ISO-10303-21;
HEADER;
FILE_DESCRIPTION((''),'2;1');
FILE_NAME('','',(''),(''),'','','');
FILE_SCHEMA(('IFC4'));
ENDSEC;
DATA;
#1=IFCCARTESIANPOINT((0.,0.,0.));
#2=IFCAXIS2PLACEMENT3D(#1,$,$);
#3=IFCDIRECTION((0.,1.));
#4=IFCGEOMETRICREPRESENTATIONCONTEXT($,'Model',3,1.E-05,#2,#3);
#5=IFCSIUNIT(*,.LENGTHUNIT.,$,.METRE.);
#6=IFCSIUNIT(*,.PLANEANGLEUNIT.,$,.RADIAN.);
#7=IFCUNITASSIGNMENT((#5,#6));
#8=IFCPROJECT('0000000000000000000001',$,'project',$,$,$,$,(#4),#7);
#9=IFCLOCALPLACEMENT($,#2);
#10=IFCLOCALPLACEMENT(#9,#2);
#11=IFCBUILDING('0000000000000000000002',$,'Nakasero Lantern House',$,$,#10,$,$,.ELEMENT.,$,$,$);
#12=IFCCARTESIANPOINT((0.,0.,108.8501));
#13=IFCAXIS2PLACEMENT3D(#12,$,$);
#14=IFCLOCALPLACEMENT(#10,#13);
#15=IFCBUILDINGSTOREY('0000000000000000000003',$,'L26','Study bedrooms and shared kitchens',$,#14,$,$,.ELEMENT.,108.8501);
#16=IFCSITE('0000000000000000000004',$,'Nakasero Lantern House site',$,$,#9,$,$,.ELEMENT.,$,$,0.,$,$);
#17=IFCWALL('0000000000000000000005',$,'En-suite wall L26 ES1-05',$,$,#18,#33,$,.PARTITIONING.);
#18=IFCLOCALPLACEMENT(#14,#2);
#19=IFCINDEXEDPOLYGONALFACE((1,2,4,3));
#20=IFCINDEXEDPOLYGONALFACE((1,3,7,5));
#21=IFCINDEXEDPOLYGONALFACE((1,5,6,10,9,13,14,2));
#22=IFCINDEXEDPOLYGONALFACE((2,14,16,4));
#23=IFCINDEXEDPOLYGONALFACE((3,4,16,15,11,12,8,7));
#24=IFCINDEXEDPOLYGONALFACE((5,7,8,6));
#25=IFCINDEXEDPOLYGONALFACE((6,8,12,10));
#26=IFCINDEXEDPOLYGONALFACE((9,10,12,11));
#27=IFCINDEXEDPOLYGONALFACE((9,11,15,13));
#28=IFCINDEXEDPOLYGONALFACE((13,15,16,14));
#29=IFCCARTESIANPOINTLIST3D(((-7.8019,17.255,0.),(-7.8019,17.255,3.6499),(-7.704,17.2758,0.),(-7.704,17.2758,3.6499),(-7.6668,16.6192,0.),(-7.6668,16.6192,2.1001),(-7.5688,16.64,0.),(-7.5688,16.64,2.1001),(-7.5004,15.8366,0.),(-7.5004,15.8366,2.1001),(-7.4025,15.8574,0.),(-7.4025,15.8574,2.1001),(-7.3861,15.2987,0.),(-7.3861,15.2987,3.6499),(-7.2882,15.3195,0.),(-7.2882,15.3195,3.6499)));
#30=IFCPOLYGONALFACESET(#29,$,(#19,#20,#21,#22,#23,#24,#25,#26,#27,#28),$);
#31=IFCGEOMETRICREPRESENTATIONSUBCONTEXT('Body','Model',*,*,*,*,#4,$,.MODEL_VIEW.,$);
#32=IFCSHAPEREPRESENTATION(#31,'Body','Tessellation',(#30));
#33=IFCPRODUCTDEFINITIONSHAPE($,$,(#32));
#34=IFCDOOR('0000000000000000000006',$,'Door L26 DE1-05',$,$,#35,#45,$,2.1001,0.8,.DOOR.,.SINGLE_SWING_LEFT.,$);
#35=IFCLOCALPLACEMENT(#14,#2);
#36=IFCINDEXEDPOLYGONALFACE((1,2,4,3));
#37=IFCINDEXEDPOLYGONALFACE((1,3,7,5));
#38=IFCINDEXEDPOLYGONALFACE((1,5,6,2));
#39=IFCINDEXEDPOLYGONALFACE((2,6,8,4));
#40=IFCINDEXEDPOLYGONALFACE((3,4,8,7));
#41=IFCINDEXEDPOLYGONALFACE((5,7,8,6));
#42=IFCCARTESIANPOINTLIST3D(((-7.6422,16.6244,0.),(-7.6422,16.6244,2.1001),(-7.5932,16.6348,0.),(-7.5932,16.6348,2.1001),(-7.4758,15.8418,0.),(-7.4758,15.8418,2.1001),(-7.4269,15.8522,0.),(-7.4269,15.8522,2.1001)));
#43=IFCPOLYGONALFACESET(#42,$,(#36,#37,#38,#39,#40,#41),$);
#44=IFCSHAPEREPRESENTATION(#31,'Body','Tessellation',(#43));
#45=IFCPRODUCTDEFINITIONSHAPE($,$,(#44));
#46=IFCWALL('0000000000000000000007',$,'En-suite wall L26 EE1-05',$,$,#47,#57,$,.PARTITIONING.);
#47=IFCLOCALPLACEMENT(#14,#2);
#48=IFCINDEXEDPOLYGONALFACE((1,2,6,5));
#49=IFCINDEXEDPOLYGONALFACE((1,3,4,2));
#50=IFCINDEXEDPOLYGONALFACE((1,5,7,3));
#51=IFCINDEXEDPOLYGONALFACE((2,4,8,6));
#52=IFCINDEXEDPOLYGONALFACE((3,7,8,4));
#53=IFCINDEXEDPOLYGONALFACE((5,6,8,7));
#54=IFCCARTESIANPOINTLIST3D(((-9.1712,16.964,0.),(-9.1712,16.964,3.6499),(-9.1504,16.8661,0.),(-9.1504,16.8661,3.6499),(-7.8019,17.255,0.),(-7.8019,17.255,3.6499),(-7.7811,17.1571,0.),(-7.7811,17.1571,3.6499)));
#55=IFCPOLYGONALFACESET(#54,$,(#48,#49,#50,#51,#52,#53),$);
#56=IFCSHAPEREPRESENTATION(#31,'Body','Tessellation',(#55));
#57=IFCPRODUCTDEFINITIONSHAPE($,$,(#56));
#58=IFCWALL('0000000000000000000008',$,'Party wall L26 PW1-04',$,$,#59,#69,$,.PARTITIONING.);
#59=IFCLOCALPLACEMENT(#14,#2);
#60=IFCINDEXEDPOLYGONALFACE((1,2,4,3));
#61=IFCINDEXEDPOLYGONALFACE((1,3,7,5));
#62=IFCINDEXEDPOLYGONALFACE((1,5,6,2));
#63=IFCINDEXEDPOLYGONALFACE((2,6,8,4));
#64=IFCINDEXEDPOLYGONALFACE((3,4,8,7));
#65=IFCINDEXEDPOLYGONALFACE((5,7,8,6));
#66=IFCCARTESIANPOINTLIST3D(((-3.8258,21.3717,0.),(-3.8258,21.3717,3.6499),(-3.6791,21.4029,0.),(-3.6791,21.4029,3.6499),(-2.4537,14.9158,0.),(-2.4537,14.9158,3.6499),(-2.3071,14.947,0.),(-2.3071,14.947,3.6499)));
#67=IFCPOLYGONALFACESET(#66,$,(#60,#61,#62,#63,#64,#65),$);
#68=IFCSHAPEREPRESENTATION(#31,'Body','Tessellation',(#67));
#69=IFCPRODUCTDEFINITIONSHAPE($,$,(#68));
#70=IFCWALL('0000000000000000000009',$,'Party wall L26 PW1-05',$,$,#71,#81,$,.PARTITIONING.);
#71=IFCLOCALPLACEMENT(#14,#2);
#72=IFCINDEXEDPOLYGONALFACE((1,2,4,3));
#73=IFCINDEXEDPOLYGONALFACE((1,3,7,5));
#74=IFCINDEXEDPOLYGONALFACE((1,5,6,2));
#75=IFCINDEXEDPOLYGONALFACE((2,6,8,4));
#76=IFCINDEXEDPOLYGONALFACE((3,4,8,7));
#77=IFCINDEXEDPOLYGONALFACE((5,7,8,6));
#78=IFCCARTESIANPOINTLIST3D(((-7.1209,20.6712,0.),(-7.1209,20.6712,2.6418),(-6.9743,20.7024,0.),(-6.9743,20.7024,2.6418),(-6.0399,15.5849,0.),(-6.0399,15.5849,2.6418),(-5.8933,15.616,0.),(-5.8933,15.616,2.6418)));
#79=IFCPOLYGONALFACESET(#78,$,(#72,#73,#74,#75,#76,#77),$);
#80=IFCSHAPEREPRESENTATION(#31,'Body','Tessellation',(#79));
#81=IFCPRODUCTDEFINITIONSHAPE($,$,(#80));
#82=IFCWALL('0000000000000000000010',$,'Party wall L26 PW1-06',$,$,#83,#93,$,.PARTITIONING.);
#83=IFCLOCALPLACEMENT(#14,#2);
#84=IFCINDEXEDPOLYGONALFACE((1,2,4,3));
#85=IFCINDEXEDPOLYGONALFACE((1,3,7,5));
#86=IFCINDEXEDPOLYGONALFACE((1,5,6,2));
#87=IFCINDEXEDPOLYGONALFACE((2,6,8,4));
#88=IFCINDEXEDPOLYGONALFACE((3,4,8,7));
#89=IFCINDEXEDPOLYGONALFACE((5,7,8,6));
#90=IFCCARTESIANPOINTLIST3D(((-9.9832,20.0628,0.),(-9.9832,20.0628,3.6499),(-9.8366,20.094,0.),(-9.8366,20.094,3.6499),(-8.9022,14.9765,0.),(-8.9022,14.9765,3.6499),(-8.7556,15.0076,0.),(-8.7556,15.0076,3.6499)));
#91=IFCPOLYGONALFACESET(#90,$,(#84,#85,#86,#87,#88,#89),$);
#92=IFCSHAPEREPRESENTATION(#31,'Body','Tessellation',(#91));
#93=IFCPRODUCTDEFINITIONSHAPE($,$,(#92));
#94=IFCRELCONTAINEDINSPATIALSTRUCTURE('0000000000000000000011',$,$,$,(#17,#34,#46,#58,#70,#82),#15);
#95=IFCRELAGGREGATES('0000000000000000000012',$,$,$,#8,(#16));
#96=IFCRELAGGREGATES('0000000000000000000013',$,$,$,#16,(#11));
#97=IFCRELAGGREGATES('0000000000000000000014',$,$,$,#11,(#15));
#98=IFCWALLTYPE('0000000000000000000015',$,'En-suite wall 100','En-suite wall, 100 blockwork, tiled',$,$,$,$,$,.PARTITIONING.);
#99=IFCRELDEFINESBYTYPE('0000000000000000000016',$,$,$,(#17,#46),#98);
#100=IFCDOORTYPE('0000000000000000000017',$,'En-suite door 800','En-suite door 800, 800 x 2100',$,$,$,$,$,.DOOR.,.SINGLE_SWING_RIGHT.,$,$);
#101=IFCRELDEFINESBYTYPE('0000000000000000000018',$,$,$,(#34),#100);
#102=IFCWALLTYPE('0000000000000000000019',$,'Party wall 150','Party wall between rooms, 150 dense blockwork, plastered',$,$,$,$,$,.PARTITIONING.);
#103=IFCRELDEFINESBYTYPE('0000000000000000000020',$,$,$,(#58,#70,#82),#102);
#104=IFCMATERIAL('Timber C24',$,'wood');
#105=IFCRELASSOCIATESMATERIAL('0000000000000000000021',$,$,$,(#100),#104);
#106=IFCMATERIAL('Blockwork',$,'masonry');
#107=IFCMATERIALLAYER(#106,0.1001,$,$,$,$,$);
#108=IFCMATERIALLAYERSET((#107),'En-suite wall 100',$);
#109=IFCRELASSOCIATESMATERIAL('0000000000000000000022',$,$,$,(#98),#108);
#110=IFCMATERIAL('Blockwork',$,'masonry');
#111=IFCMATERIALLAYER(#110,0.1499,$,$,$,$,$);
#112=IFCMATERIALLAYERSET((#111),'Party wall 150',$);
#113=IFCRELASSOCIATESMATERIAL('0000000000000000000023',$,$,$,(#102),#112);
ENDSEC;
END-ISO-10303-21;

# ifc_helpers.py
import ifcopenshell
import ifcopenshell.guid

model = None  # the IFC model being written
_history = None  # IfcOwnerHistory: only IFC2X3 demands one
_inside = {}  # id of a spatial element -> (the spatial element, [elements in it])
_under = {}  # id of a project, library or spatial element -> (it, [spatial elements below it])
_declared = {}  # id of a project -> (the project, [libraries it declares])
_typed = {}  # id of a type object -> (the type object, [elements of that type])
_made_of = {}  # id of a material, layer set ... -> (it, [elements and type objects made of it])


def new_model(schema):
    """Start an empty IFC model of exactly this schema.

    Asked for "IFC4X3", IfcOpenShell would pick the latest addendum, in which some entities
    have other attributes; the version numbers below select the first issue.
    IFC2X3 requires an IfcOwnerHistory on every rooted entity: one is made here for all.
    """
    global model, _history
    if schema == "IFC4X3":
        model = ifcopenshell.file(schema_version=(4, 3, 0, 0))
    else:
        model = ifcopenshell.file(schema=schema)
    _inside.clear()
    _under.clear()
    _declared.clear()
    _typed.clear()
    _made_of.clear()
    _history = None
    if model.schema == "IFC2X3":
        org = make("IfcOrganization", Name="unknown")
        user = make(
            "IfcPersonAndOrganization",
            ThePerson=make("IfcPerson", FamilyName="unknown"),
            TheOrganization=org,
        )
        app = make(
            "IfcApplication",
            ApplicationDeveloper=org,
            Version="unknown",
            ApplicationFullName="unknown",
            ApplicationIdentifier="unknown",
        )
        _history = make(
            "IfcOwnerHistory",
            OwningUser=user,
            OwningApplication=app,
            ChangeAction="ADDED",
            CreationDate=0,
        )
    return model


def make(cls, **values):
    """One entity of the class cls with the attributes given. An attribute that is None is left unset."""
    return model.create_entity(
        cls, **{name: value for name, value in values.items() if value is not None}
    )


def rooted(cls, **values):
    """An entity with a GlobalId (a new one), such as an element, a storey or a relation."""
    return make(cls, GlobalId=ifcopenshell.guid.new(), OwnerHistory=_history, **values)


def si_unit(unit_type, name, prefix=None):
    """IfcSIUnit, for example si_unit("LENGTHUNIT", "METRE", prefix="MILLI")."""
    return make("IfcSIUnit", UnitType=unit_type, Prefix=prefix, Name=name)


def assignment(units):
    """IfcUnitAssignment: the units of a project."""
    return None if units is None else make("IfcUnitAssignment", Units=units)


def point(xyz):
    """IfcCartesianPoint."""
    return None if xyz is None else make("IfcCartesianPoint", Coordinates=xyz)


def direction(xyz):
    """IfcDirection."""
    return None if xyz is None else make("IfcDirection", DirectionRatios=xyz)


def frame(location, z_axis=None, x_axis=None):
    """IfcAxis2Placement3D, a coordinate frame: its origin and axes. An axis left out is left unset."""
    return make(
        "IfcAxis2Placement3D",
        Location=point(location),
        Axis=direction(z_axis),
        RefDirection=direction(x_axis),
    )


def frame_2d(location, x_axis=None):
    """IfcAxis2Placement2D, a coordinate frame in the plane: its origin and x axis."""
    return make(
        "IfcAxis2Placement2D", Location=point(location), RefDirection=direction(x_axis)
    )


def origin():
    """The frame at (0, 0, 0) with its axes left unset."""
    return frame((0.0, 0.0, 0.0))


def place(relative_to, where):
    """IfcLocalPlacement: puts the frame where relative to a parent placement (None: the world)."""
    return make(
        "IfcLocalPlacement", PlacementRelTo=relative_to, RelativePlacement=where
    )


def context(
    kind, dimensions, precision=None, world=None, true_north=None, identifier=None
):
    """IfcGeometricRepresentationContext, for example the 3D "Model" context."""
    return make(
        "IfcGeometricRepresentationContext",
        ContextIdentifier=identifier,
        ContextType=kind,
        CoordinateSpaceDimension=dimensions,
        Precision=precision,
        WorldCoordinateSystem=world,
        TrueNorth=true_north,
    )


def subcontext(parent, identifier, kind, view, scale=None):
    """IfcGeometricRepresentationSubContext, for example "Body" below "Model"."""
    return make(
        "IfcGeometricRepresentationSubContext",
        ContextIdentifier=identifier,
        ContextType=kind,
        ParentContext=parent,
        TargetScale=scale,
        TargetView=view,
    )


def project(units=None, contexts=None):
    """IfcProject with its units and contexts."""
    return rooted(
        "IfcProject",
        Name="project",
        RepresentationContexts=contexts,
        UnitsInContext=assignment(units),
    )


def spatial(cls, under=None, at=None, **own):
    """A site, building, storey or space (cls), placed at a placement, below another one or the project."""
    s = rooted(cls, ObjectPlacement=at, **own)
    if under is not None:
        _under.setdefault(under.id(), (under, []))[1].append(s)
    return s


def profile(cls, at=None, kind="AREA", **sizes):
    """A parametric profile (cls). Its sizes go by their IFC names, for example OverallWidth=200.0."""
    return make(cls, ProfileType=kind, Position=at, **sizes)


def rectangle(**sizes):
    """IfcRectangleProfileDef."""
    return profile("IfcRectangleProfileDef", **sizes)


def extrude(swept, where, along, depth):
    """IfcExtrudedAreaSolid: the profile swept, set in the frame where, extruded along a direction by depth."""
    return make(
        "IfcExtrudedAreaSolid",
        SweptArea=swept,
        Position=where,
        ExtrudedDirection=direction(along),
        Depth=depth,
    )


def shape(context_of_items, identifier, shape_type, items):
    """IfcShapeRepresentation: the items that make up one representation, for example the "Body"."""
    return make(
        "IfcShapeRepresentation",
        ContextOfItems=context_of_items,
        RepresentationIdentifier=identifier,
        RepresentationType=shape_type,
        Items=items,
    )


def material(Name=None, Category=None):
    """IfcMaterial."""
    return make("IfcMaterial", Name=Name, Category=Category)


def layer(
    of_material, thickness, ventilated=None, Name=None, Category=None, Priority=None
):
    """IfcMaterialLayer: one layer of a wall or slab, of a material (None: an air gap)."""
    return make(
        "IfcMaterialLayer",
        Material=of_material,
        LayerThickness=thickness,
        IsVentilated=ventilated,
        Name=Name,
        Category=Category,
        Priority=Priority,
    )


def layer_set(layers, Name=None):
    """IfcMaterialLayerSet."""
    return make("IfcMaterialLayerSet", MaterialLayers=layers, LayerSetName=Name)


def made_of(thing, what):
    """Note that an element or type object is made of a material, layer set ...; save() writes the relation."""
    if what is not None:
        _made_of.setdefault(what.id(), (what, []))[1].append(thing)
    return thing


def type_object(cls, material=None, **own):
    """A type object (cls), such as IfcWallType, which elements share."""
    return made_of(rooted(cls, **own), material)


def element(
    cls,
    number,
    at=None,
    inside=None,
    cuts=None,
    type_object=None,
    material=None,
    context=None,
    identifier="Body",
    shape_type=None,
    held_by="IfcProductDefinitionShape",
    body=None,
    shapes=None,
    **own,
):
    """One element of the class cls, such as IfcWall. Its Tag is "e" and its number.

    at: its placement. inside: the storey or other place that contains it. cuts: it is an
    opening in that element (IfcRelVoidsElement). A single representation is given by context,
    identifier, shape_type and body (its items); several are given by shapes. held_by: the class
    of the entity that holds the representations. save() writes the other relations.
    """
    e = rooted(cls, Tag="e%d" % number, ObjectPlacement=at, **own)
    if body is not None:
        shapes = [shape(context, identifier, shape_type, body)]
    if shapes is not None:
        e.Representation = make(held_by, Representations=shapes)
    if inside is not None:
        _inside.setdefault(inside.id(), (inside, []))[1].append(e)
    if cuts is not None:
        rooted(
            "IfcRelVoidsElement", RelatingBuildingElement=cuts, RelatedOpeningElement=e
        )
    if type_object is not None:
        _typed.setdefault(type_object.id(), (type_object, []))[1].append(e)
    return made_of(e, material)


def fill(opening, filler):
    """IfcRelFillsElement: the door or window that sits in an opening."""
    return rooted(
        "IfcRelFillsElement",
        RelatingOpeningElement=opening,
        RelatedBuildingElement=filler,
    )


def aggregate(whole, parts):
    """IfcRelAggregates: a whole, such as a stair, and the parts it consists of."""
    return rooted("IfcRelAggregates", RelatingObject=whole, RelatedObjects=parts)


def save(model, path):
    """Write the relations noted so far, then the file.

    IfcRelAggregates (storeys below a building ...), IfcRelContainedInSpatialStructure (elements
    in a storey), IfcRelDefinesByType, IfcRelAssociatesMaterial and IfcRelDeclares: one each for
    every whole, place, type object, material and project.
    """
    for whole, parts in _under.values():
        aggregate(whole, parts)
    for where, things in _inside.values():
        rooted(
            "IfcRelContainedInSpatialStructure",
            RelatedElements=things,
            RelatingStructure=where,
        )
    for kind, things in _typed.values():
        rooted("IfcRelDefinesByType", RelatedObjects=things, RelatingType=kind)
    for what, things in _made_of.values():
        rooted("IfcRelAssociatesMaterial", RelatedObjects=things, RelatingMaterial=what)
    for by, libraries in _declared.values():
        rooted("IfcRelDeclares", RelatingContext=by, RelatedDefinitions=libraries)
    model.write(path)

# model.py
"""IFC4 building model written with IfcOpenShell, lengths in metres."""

from ifc_helpers import new_model, si_unit, direction, frame, frame_2d, origin, place, context, subcontext, project, spatial, rectangle, extrude, material, layer, layer_set, type_object, element, fill, save


model = new_model("IFC4")

# Units and contexts
model_context = context("Model", 3, precision=1e-05, world=origin(), true_north=direction((0.0, 1.0)))
body_context = subcontext(model_context, "Body", "Model", "MODEL_VIEW")
ifc_project = project(units=[si_unit("LENGTHUNIT", "METRE"), si_unit("PLANEANGLEUNIT", "RADIAN")], contexts=[model_context])

# Site, building, storey
site_placement = place(None, origin())
site = spatial("IfcSite", under=ifc_project, at=site_placement, Name="Nakasero Lantern House site", CompositionType="ELEMENT", RefElevation=0.0)
building_placement = place(site_placement, origin())
building = spatial("IfcBuilding", under=site, at=building_placement, Name="Nakasero Lantern House", CompositionType="ELEMENT")
storey_placement = place(building_placement, frame((0.0, 0.0, 108.8501)))
storey = spatial("IfcBuildingStorey", under=building, at=storey_placement, Name="L26", Description="Study bedrooms and shared kitchens", CompositionType="ELEMENT", Elevation=108.8501)

# Shared definitions
ifc_material_1 = material(Name="Timber C24", Category="wood")
door_type_1 = type_object("IfcDoorType", Name="En-suite door 800", Description="En-suite door 800, 800 x 2100", OperationType="SINGLE_SWING_RIGHT", PredefinedType="DOOR", material=ifc_material_1)

# Shared definitions
ifc_material_2 = material(Name="Blockwork", Category="masonry")
ifc_layer_1 = layer(ifc_material_2, 0.1001)
ifc_layer_set_1 = layer_set([ifc_layer_1], Name="En-suite wall 100")
wall_type_1 = type_object("IfcWallType", Name="En-suite wall 100", Description="En-suite wall, 100 blockwork, tiled", PredefinedType="PARTITIONING", material=ifc_layer_set_1)

# Wall, opening, door
wall_1_placement = place(storey_placement, frame((-7.3372, 15.3091, 0.0), z_axis=(0.0, 0.0, 1.0), x_axis=(-0.207886, 0.978153, 0.0)))
wall_1 = element("IfcWall", 1, at=wall_1_placement, inside=storey, type_object=wall_type_1, Name="En-suite wall L26 ES1-05", PredefinedType="PARTITIONING", context=body_context, shape_type="SweptSolid", body=[
    extrude(rectangle(XDim=2.0, YDim=0.1001, at=frame_2d((1.0, 0.0))), origin(), (0.0, 0.0, 1.0), 3.6499),
])
opening_1_placement = place(wall_1_placement, frame((0.55, 0.0, 0.0)))
opening_1 = element("IfcOpeningElement", 2, at=opening_1_placement, cuts=wall_1, PredefinedType="OPENING", context=body_context, shape_type="SweptSolid", body=[
    extrude(rectangle(XDim=0.8, YDim=2.1001, at=frame_2d((0.3999, 1.05))), frame((0.0, 0.0701, 0.0), z_axis=(0.0, -1.0, 0.0), x_axis=(1.0, 0.0, 0.0)), (0.0, 0.0, 1.0), 0.1401),
])
door_1_placement = place(opening_1_placement, origin())
door_1 = element("IfcDoor", 3, at=door_1_placement, inside=storey, type_object=door_type_1, Name="Door L26 DE1-05", OperationType="SINGLE_SWING_LEFT", OverallHeight=2.1001, OverallWidth=0.8, PredefinedType="DOOR", context=body_context, shape_type="SweptSolid", body=[
    extrude(rectangle(XDim=0.8, YDim=2.1001, at=frame_2d((0.3999, 1.05))), frame((0.0, 0.0249, 0.0), z_axis=(0.0, -1.0, 0.0), x_axis=(1.0, 0.0, 0.0)), (0.0, 0.0, 1.0), 0.05),
])
fill(opening_1, door_1)

# Walls
wall_2_placement = place(storey_placement, frame((-7.7915, 17.2061, 0.0), z_axis=(0.0, 0.0, 1.0), x_axis=(-0.978156, -0.207873, 0.0)))
element("IfcWall", 4, at=wall_2_placement, inside=storey, type_object=wall_type_1, Name="En-suite wall L26 EE1-05", PredefinedType="PARTITIONING", context=body_context, shape_type="SweptSolid", body=[
    extrude(rectangle(XDim=1.3999, YDim=0.1001, at=frame_2d((0.7, 0.0))), origin(), (0.0, 0.0, 1.0), 3.6499),
])
ifc_material_3 = material(Name="Blockwork", Category="masonry")
ifc_layer_2 = layer(ifc_material_3, 0.1499)
ifc_layer_set_2 = layer_set([ifc_layer_2], Name="Party wall 150")
wall_type_2 = type_object("IfcWallType", Name="Party wall 150", Description="Party wall between rooms, 150 dense blockwork, plastered", PredefinedType="PARTITIONING", material=ifc_layer_set_2)
wall_3_placement = place(storey_placement, frame((-2.3804, 14.9314, 0.0), z_axis=(0.0, 0.0, 1.0), x_axis=(-0.207889, 0.978152, 0.0)))
element("IfcWall", 5, at=wall_3_placement, inside=storey, type_object=wall_type_2, Name="Party wall L26 PW1-04", PredefinedType="PARTITIONING", context=body_context, shape_type="SweptSolid", body=[
    extrude(rectangle(XDim=6.6001, YDim=0.1499, at=frame_2d((3.3, 0.0))), origin(), (0.0, 0.0, 1.0), 3.6499),
])
wall_4_placement = place(storey_placement, frame((-5.9666, 15.6003, 0.0), z_axis=(0.0, 0.0, 1.0), x_axis=(-0.207894, 0.978151, 0.0)))
element("IfcWall", 6, at=wall_4_placement, inside=storey, type_object=wall_type_2, Name="Party wall L26 PW1-05", PredefinedType="PARTITIONING", context=body_context, shape_type="SweptSolid", body=[
    extrude(rectangle(XDim=5.2, YDim=0.1499, at=frame_2d((2.6001, 0.0))), origin(), (0.0, 0.0, 1.0), 2.6418),
])
wall_5_placement = place(storey_placement, frame((-8.8289, 14.9919, 0.0), z_axis=(0.0, 0.0, 1.0), x_axis=(-0.207894, 0.978151, 0.0)))
element("IfcWall", 7, at=wall_5_placement, inside=storey, type_object=wall_type_2, Name="Party wall L26 PW1-06", PredefinedType="PARTITIONING", context=body_context, shape_type="SweptSolid", body=[
    extrude(rectangle(XDim=5.2, YDim=0.1499, at=frame_2d((2.6001, 0.0))), origin(), (0.0, 0.0, 1.0), 3.6499),
])

save(model, "model.ifc")
